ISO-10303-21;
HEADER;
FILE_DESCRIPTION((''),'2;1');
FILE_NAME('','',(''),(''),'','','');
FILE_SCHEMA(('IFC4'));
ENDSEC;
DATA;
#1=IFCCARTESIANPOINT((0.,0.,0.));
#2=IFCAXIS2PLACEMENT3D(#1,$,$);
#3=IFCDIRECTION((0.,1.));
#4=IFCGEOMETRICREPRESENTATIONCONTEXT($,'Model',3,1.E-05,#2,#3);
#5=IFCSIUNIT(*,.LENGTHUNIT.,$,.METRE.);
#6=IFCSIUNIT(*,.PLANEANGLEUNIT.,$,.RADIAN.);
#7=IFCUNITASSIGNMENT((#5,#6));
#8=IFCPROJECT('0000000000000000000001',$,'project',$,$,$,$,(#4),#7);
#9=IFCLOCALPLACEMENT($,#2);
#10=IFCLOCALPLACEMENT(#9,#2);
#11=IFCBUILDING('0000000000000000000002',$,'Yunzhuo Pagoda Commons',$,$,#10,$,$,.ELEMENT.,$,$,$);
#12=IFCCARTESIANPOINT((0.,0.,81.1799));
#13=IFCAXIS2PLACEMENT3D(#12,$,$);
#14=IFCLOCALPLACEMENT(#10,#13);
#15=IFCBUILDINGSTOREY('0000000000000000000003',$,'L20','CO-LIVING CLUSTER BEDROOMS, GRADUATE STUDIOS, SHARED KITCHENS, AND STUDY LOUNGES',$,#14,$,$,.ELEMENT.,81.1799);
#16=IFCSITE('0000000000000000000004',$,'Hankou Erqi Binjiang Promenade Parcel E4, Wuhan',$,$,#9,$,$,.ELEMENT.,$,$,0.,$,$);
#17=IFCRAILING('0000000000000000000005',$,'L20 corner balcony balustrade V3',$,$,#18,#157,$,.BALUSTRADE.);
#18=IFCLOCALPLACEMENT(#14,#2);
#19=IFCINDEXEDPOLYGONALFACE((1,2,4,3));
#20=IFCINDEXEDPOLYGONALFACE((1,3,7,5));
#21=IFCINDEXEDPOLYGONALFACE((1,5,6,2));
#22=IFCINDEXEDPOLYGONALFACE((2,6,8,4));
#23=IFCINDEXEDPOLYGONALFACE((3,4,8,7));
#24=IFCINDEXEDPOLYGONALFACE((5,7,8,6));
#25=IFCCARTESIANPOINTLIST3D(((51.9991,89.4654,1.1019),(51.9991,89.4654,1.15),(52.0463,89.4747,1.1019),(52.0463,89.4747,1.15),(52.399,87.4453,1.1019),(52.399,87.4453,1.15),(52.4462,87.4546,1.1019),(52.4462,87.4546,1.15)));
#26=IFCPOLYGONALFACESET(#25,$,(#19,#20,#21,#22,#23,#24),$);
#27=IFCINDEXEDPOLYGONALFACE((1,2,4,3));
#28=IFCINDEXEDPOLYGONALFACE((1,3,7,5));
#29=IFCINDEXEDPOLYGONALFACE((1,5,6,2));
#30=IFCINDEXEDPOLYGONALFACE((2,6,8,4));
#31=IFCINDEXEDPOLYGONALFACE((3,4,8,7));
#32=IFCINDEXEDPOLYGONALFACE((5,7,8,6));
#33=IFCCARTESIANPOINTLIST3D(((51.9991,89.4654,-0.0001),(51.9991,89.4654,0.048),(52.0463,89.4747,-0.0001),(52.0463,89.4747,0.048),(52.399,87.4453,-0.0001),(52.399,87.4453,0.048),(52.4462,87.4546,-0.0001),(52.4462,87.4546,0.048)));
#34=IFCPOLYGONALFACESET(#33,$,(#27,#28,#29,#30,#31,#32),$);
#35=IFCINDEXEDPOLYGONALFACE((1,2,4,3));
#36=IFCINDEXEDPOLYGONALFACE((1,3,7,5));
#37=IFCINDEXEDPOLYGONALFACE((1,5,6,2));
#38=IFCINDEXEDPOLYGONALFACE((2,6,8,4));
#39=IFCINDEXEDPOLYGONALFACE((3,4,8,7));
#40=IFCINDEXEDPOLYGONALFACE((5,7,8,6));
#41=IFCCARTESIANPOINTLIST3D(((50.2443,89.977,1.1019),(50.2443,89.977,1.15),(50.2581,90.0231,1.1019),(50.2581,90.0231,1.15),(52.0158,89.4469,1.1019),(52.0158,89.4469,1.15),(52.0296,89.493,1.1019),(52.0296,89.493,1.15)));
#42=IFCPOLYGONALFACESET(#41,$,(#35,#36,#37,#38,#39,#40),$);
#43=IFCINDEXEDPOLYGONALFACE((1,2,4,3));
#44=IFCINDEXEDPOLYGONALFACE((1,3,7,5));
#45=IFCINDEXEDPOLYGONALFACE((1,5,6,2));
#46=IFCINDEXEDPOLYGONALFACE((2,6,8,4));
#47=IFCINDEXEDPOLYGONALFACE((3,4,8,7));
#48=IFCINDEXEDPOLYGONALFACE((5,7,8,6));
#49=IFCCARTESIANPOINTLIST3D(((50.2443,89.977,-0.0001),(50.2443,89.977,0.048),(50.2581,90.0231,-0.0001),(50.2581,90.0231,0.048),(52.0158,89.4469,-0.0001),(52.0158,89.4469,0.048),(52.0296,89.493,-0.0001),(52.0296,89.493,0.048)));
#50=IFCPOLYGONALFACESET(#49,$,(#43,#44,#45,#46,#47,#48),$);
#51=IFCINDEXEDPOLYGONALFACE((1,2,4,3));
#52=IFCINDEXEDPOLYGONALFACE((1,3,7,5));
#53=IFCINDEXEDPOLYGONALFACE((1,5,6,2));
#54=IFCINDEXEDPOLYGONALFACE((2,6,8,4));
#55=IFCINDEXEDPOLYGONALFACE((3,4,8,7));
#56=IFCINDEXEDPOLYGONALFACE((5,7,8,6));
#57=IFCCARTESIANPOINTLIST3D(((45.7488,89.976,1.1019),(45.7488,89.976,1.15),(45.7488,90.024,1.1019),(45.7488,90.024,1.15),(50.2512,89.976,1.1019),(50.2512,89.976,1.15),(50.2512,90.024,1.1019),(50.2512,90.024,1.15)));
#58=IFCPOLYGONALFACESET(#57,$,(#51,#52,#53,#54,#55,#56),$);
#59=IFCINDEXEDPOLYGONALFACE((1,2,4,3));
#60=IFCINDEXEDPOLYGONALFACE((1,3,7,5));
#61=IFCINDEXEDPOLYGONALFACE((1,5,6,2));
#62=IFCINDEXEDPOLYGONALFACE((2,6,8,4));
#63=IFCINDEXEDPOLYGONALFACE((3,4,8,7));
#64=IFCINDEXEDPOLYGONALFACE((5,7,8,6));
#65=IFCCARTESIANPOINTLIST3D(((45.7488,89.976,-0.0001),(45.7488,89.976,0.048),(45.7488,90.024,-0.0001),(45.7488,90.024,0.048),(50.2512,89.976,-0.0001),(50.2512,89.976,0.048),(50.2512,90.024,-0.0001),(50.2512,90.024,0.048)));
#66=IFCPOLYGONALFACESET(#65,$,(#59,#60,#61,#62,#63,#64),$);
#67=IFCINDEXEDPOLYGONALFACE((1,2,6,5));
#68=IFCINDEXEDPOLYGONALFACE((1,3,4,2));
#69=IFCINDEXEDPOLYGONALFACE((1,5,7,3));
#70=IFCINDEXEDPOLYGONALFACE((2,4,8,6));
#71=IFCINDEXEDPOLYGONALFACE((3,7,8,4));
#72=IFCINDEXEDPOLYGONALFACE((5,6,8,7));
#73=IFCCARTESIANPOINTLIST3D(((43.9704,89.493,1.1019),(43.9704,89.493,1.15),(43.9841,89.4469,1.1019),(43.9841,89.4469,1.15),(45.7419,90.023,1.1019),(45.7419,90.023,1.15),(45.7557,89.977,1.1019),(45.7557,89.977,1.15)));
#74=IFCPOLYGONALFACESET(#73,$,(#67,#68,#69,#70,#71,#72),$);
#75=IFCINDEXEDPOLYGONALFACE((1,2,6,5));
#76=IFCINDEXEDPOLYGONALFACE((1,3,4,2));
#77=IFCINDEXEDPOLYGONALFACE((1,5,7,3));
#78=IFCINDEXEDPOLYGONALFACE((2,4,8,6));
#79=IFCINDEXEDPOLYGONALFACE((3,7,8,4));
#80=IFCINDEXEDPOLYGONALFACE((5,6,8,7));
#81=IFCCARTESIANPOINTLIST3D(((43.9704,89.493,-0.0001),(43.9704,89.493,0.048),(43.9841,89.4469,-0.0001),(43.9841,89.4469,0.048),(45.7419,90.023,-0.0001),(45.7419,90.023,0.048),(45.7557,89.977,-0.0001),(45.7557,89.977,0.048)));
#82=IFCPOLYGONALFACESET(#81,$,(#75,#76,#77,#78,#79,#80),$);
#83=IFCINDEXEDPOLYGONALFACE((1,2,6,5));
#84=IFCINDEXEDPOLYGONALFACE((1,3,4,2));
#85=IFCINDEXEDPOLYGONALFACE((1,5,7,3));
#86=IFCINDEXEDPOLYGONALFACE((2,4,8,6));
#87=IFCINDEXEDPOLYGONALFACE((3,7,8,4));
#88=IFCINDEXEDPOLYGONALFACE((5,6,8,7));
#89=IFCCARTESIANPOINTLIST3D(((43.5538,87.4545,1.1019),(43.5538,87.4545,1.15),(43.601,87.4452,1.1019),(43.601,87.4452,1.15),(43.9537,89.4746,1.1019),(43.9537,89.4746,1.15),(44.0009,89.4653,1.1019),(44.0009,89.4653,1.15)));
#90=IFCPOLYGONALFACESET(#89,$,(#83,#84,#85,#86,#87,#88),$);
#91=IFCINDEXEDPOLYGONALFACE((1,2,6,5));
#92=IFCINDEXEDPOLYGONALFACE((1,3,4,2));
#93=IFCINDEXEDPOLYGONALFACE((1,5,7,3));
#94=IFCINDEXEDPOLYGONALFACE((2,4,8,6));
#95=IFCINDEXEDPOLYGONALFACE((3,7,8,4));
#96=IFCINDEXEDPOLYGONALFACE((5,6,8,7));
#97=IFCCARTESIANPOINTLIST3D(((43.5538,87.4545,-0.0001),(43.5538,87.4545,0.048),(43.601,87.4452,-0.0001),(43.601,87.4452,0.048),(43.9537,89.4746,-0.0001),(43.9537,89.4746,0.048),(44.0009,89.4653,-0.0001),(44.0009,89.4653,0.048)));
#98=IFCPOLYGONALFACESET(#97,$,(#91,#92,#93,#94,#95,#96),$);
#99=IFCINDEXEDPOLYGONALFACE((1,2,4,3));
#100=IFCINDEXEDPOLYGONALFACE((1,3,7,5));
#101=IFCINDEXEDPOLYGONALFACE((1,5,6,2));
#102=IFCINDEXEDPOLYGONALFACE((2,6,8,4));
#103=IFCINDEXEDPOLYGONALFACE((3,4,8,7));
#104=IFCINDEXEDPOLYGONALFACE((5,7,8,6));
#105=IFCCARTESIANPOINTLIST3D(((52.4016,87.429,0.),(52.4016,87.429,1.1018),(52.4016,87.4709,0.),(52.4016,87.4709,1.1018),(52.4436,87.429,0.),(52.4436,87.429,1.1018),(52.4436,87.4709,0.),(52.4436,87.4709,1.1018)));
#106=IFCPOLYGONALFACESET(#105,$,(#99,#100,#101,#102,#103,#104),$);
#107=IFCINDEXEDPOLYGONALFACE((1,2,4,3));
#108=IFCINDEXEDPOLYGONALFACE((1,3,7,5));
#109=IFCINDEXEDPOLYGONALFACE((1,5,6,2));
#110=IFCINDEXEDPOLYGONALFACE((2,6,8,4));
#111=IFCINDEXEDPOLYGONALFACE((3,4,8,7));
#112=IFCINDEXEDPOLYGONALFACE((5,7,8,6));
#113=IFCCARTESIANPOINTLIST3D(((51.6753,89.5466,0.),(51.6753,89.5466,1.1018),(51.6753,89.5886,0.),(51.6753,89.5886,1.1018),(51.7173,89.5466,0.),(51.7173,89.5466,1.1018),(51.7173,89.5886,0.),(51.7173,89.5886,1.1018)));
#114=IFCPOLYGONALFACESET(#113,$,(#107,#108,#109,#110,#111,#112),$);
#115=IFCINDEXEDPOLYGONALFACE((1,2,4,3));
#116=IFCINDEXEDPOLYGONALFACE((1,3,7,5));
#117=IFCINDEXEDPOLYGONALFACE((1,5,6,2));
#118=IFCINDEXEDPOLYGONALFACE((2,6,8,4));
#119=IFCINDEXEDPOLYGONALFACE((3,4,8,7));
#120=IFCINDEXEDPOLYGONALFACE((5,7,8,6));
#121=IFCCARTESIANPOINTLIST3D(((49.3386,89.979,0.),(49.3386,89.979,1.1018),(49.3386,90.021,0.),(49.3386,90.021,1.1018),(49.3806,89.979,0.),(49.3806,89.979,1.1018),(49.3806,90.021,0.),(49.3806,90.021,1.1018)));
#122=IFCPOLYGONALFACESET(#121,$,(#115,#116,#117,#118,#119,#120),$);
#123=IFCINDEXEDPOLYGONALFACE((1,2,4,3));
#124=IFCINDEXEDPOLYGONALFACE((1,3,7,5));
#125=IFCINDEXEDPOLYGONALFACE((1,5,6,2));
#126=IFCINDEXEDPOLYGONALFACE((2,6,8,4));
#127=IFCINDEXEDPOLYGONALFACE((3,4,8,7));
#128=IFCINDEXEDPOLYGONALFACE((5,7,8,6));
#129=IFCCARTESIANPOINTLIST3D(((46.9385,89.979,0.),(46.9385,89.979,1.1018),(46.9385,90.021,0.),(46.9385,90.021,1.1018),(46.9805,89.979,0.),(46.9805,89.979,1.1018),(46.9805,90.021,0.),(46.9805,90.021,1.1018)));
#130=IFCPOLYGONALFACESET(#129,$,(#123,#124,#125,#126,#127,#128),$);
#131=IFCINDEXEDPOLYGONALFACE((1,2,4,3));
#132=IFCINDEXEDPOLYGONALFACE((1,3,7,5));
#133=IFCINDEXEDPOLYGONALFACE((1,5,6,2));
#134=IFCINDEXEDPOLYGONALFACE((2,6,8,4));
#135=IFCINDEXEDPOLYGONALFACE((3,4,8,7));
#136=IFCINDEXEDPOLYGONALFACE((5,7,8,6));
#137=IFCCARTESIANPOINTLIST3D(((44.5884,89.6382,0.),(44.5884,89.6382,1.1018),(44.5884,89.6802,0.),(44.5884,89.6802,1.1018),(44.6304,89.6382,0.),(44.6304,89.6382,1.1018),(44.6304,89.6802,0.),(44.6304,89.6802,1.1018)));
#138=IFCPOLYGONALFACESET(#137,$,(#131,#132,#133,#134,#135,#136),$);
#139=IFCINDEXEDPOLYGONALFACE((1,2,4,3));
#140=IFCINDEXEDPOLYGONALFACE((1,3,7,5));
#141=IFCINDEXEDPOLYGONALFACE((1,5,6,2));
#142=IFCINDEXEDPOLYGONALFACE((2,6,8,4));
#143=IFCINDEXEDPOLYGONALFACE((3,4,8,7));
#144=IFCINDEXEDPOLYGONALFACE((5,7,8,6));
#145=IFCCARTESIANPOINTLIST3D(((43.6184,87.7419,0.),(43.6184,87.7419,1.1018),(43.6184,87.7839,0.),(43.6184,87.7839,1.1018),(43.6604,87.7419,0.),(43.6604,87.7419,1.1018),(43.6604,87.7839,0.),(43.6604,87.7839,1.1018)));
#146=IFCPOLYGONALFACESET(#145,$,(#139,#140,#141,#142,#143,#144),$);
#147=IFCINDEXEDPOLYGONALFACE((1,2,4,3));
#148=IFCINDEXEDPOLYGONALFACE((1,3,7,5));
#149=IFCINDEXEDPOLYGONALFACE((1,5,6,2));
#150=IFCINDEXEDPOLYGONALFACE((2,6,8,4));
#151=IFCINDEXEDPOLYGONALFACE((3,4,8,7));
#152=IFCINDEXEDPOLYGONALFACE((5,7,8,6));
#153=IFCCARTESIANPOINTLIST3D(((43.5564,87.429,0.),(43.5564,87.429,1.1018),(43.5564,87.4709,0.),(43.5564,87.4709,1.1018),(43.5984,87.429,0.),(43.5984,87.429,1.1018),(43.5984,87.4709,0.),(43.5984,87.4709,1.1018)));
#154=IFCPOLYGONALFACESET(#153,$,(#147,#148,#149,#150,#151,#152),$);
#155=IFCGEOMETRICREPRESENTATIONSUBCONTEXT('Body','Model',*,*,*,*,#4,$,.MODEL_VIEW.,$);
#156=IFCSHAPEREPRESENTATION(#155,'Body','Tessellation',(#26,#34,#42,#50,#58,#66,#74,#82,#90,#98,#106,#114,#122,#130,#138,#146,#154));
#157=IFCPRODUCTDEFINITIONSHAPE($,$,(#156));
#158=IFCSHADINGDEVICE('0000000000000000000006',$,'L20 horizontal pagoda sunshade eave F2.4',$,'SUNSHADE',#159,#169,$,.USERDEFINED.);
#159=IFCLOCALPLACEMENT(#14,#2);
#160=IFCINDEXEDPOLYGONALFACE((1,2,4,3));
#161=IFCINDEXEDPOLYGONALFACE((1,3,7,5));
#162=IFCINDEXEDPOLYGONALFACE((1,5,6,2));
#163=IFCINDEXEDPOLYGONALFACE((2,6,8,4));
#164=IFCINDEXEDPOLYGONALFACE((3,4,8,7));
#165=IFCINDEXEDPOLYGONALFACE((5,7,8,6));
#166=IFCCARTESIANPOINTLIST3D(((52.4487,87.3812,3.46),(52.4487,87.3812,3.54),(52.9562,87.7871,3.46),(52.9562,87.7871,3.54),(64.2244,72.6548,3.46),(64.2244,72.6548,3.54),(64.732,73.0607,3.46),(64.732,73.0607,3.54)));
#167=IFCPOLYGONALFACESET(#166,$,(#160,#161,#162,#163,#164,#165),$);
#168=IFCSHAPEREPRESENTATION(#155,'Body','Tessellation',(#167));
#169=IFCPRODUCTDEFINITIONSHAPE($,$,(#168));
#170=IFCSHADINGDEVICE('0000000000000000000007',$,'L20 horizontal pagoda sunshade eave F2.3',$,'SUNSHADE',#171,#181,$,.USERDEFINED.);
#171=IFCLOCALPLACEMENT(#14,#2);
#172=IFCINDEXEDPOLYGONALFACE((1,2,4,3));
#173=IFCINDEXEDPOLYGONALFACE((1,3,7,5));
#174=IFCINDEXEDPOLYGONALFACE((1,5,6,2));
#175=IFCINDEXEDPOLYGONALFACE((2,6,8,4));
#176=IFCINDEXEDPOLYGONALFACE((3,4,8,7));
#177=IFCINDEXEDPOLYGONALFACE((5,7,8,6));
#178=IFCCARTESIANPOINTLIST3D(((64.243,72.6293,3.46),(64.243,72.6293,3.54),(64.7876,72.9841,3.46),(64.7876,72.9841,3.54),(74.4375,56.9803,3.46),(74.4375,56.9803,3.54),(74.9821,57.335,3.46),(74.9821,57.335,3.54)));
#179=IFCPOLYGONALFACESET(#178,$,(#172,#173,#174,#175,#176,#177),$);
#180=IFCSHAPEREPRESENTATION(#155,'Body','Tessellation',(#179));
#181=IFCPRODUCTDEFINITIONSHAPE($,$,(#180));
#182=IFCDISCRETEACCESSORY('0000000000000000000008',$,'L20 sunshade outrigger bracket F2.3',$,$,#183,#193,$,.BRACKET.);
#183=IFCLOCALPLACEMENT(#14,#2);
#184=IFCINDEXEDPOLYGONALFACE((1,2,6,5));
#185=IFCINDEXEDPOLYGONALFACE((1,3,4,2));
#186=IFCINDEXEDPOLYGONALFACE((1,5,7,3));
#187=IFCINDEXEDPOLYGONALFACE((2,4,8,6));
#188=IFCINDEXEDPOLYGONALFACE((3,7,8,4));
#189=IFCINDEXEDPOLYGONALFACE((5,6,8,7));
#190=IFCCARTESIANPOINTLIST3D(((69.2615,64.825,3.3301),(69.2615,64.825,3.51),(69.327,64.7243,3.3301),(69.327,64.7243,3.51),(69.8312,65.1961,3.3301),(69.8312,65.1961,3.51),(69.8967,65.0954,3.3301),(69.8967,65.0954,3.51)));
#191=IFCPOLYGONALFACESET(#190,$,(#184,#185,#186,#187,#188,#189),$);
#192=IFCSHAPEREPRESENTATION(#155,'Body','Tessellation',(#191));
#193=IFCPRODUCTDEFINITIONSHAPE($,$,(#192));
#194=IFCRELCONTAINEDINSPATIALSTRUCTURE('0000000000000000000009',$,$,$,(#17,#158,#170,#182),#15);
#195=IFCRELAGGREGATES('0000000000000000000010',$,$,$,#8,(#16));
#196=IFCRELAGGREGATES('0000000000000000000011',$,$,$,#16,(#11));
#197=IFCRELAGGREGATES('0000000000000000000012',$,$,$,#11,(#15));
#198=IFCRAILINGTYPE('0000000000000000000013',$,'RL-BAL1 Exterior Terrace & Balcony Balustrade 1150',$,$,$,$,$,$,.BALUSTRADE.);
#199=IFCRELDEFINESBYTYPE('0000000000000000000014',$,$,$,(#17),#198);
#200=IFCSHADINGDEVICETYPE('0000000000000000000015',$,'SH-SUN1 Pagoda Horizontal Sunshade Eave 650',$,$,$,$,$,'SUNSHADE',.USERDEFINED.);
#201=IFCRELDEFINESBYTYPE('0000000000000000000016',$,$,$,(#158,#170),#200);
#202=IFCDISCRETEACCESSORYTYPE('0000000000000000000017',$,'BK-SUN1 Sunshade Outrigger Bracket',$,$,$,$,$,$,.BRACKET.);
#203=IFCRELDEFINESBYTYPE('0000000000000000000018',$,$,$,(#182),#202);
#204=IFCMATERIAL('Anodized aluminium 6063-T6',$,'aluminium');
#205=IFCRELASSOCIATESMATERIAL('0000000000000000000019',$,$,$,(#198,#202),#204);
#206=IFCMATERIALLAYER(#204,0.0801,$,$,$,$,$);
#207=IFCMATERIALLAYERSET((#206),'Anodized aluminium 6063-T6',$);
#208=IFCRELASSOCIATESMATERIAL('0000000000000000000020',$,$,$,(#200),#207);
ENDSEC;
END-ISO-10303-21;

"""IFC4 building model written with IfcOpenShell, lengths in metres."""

from ifc_helpers import new_model, si_unit, direction, frame, origin, origin_2d, place, context, subcontext, project, spatial, rectangle, extrude, source, transform, mapped, material, layer, layer_set, type_object, element, save


model = new_model("IFC4")

# Units and contexts
model_context = context("Model", 3, precision=1e-05, world=origin(), true_north=direction((0.0, 1.0)))
body_context = subcontext(model_context, "Body", "Model", "MODEL_VIEW")
ifc_project = project(units=[si_unit("LENGTHUNIT", "METRE"), si_unit("PLANEANGLEUNIT", "RADIAN")], contexts=[model_context])

# Site, building, storey
site_placement = place(None, origin())
site = spatial("IfcSite", under=ifc_project, at=site_placement, Name="Hankou Erqi Binjiang Promenade Parcel E4, Wuhan", CompositionType="ELEMENT", RefElevation=0.0)
building_placement = place(site_placement, origin())
building = spatial("IfcBuilding", under=site, at=building_placement, Name="Yunzhuo Pagoda Commons", CompositionType="ELEMENT")
storey_placement = place(building_placement, frame((0.0, 0.0, 81.1799)))
storey = spatial("IfcBuildingStorey", under=building, at=storey_placement, Name="L20", Description="CO-LIVING CLUSTER BEDROOMS, GRADUATE STUDIOS, SHARED KITCHENS, AND STUDY LOUNGES", CompositionType="ELEMENT", Elevation=81.1799)

# Shared definitions
ifc_material_1 = material(Name="Anodized aluminium 6063-T6", Category="aluminium")

# Railing
railing_type_1 = type_object("IfcRailingType", Name="RL-BAL1 Exterior Terrace & Balcony Balustrade 1150", PredefinedType="BALUSTRADE", material=ifc_material_1)
railing_1_placement = place(storey_placement, frame((52.4226, 87.45, 0.0)))
element("IfcRailing", 1, at=railing_1_placement, inside=storey, type_object=railing_type_1, Name="L20 corner balcony balustrade V3", PredefinedType="BALUSTRADE", context=body_context, shape_type="SweptSolid", body=[
    extrude(rectangle(XDim=0.0481, YDim=0.0481, at=origin_2d()), frame((0.0, 0.0, 1.126), z_axis=(-0.194201, 0.980962, 0.0), x_axis=(-0.980962, -0.194201, 0.0)), (0.0, 0.0, 1.0), 2.0593),
    extrude(rectangle(XDim=0.0481, YDim=0.0481, at=origin_2d()), frame((0.0, 0.0, 0.0239), z_axis=(-0.194201, 0.980962, 0.0), x_axis=(-0.980962, -0.194201, 0.0)), (0.0, 0.0, 1.0), 2.0593),
    extrude(rectangle(XDim=0.0481, YDim=0.0481, at=origin_2d()), frame((-0.3999, 2.02, 1.126), z_axis=(-0.958037, 0.286645, 0.0), x_axis=(-0.286645, -0.958037, 0.0)), (0.0, 0.0, 1.0), 1.8491),
    extrude(rectangle(XDim=0.0481, YDim=0.0481, at=origin_2d()), frame((-0.3999, 2.02, 0.0239), z_axis=(-0.958037, 0.286645, 0.0), x_axis=(-0.286645, -0.958037, 0.0)), (0.0, 0.0, 1.0), 1.8491),
    extrude(rectangle(XDim=0.0481, YDim=0.0481, at=origin_2d()), frame((-2.1714, 2.55, 1.126), z_axis=(-1.0, 0.0, 0.0), x_axis=(0.0, -1.0, 0.0)), (0.0, 0.0, 1.0), 4.5024),
    extrude(rectangle(XDim=0.0481, YDim=0.0481, at=origin_2d()), frame((-2.1714, 2.55, 0.0239), z_axis=(-1.0, 0.0, 0.0), x_axis=(0.0, -1.0, 0.0)), (0.0, 0.0, 1.0), 4.5024),
    extrude(rectangle(XDim=0.0481, YDim=0.0481, at=origin_2d()), frame((-6.6738, 2.55, 1.126), z_axis=(-0.958037, -0.286645, 0.0), x_axis=(0.286645, -0.958037, 0.0)), (0.0, 0.0, 1.0), 1.8491),
    extrude(rectangle(XDim=0.0481, YDim=0.0481, at=origin_2d()), frame((-6.6738, 2.55, 0.0239), z_axis=(-0.958037, -0.286645, 0.0), x_axis=(0.286645, -0.958037, 0.0)), (0.0, 0.0, 1.0), 1.8491),
    extrude(rectangle(XDim=0.0481, YDim=0.0481, at=origin_2d()), frame((-8.4453, 2.02, 1.126), z_axis=(-0.194201, -0.980962, 0.0), x_axis=(0.980962, -0.194201, 0.0)), (0.0, 0.0, 1.0), 2.0593),
    extrude(rectangle(XDim=0.0481, YDim=0.0481, at=origin_2d()), frame((-8.4453, 2.02, 0.0239), z_axis=(-0.194201, -0.980962, 0.0), x_axis=(0.980962, -0.194201, 0.0)), (0.0, 0.0, 1.0), 2.0593),
    extrude(rectangle(XDim=0.042, YDim=0.042, at=origin_2d()), origin(), (0.0, 0.0, 1.0), 1.1018),
    extrude(rectangle(XDim=0.042, YDim=0.042, at=origin_2d()), frame((-0.7263, 2.1177, 0.0)), (0.0, 0.0, 1.0), 1.1018),
    extrude(rectangle(XDim=0.042, YDim=0.042, at=origin_2d()), frame((-3.063, 2.55, 0.0)), (0.0, 0.0, 1.0), 1.1018),
    extrude(rectangle(XDim=0.042, YDim=0.042, at=origin_2d()), frame((-5.4631, 2.55, 0.0)), (0.0, 0.0, 1.0), 1.1018),
    extrude(rectangle(XDim=0.042, YDim=0.042, at=origin_2d()), frame((-7.8132, 2.2092, 0.0)), (0.0, 0.0, 1.0), 1.1018),
    extrude(rectangle(XDim=0.042, YDim=0.042, at=origin_2d()), frame((-8.7832, 0.313, 0.0)), (0.0, 0.0, 1.0), 1.1018),
    extrude(rectangle(XDim=0.042, YDim=0.042, at=origin_2d()), frame((-8.8452, 0.0, 0.0)), (0.0, 0.0, 1.0), 1.1018),
])

# Shading devices
ifc_layer_1 = layer(ifc_material_1, 0.0801)
ifc_layer_set_1 = layer_set([ifc_layer_1], Name="Anodized aluminium 6063-T6")
shading_device_type = type_object("IfcShadingDeviceType", Name="SH-SUN1 Pagoda Horizontal Sunshade Eave 650", ElementType="SUNSHADE", PredefinedType="USERDEFINED", material=ifc_layer_set_1)
shared_shape_1 = source(origin(), body_context, "Body", "SweptSolid", [
    extrude(rectangle(XDim=18.8557, YDim=0.6499, at=origin_2d()), origin(), (0.0, 0.0, 1.0), 0.0801),
])
shading_device_1_placement = place(storey_placement, frame((58.5903, 80.2209, 3.46), z_axis=(0.0, 0.0, 1.0), x_axis=(-0.62452, 0.781008, 0.0)))
element("IfcShadingDevice", 2, at=shading_device_1_placement, inside=storey, type_object=shading_device_type, Name="L20 horizontal pagoda sunshade eave F2.4", ObjectType="SUNSHADE", PredefinedType="USERDEFINED", context=body_context, shape_type="MappedRepresentation", body=[
    mapped(shared_shape_1, transform((0.0, 0.0, 0.0), scale=1.0)),
])
shared_shape_2 = source(origin(), body_context, "Body", "SweptSolid", [
    extrude(rectangle(XDim=18.6768, YDim=0.6499, at=origin_2d()), origin(), (0.0, 0.0, 1.0), 0.0801),
])
shading_device_2_placement = place(storey_placement, frame((69.6125, 64.9822, 3.46), z_axis=(0.0, 0.0, 1.0), x_axis=(-0.545839, 0.83789, 0.0)))
element("IfcShadingDevice", 3, at=shading_device_2_placement, inside=storey, type_object=shading_device_type, Name="L20 horizontal pagoda sunshade eave F2.3", ObjectType="SUNSHADE", PredefinedType="USERDEFINED", context=body_context, shape_type="MappedRepresentation", body=[
    mapped(shared_shape_2, transform((0.0, 0.0, 0.0), scale=1.0)),
])

# Discrete accessory
discrete_accessory_type = type_object("IfcDiscreteAccessoryType", Name="BK-SUN1 Sunshade Outrigger Bracket", PredefinedType="BRACKET", material=ifc_material_1)
shared_shape_3 = source(origin(), body_context, "Body", "SweptSolid", [
    extrude(rectangle(XDim=0.1201, YDim=0.6799, at=origin_2d()), origin(), (0.0, 0.0, 1.0), 0.1799),
])
discrete_accessory_placement = place(storey_placement, frame((69.5791, 64.9602, 3.3301), z_axis=(0.0, 0.0, 1.0), x_axis=(-0.545839, 0.83789, 0.0)))
element("IfcDiscreteAccessory", 4, at=discrete_accessory_placement, inside=storey, type_object=discrete_accessory_type, Name="L20 sunshade outrigger bracket F2.3", PredefinedType="BRACKET", context=body_context, shape_type="MappedRepresentation", body=[
    mapped(shared_shape_3, transform((0.0, 0.0, 0.0), scale=1.0)),
])

save(model, "model.ifc")
